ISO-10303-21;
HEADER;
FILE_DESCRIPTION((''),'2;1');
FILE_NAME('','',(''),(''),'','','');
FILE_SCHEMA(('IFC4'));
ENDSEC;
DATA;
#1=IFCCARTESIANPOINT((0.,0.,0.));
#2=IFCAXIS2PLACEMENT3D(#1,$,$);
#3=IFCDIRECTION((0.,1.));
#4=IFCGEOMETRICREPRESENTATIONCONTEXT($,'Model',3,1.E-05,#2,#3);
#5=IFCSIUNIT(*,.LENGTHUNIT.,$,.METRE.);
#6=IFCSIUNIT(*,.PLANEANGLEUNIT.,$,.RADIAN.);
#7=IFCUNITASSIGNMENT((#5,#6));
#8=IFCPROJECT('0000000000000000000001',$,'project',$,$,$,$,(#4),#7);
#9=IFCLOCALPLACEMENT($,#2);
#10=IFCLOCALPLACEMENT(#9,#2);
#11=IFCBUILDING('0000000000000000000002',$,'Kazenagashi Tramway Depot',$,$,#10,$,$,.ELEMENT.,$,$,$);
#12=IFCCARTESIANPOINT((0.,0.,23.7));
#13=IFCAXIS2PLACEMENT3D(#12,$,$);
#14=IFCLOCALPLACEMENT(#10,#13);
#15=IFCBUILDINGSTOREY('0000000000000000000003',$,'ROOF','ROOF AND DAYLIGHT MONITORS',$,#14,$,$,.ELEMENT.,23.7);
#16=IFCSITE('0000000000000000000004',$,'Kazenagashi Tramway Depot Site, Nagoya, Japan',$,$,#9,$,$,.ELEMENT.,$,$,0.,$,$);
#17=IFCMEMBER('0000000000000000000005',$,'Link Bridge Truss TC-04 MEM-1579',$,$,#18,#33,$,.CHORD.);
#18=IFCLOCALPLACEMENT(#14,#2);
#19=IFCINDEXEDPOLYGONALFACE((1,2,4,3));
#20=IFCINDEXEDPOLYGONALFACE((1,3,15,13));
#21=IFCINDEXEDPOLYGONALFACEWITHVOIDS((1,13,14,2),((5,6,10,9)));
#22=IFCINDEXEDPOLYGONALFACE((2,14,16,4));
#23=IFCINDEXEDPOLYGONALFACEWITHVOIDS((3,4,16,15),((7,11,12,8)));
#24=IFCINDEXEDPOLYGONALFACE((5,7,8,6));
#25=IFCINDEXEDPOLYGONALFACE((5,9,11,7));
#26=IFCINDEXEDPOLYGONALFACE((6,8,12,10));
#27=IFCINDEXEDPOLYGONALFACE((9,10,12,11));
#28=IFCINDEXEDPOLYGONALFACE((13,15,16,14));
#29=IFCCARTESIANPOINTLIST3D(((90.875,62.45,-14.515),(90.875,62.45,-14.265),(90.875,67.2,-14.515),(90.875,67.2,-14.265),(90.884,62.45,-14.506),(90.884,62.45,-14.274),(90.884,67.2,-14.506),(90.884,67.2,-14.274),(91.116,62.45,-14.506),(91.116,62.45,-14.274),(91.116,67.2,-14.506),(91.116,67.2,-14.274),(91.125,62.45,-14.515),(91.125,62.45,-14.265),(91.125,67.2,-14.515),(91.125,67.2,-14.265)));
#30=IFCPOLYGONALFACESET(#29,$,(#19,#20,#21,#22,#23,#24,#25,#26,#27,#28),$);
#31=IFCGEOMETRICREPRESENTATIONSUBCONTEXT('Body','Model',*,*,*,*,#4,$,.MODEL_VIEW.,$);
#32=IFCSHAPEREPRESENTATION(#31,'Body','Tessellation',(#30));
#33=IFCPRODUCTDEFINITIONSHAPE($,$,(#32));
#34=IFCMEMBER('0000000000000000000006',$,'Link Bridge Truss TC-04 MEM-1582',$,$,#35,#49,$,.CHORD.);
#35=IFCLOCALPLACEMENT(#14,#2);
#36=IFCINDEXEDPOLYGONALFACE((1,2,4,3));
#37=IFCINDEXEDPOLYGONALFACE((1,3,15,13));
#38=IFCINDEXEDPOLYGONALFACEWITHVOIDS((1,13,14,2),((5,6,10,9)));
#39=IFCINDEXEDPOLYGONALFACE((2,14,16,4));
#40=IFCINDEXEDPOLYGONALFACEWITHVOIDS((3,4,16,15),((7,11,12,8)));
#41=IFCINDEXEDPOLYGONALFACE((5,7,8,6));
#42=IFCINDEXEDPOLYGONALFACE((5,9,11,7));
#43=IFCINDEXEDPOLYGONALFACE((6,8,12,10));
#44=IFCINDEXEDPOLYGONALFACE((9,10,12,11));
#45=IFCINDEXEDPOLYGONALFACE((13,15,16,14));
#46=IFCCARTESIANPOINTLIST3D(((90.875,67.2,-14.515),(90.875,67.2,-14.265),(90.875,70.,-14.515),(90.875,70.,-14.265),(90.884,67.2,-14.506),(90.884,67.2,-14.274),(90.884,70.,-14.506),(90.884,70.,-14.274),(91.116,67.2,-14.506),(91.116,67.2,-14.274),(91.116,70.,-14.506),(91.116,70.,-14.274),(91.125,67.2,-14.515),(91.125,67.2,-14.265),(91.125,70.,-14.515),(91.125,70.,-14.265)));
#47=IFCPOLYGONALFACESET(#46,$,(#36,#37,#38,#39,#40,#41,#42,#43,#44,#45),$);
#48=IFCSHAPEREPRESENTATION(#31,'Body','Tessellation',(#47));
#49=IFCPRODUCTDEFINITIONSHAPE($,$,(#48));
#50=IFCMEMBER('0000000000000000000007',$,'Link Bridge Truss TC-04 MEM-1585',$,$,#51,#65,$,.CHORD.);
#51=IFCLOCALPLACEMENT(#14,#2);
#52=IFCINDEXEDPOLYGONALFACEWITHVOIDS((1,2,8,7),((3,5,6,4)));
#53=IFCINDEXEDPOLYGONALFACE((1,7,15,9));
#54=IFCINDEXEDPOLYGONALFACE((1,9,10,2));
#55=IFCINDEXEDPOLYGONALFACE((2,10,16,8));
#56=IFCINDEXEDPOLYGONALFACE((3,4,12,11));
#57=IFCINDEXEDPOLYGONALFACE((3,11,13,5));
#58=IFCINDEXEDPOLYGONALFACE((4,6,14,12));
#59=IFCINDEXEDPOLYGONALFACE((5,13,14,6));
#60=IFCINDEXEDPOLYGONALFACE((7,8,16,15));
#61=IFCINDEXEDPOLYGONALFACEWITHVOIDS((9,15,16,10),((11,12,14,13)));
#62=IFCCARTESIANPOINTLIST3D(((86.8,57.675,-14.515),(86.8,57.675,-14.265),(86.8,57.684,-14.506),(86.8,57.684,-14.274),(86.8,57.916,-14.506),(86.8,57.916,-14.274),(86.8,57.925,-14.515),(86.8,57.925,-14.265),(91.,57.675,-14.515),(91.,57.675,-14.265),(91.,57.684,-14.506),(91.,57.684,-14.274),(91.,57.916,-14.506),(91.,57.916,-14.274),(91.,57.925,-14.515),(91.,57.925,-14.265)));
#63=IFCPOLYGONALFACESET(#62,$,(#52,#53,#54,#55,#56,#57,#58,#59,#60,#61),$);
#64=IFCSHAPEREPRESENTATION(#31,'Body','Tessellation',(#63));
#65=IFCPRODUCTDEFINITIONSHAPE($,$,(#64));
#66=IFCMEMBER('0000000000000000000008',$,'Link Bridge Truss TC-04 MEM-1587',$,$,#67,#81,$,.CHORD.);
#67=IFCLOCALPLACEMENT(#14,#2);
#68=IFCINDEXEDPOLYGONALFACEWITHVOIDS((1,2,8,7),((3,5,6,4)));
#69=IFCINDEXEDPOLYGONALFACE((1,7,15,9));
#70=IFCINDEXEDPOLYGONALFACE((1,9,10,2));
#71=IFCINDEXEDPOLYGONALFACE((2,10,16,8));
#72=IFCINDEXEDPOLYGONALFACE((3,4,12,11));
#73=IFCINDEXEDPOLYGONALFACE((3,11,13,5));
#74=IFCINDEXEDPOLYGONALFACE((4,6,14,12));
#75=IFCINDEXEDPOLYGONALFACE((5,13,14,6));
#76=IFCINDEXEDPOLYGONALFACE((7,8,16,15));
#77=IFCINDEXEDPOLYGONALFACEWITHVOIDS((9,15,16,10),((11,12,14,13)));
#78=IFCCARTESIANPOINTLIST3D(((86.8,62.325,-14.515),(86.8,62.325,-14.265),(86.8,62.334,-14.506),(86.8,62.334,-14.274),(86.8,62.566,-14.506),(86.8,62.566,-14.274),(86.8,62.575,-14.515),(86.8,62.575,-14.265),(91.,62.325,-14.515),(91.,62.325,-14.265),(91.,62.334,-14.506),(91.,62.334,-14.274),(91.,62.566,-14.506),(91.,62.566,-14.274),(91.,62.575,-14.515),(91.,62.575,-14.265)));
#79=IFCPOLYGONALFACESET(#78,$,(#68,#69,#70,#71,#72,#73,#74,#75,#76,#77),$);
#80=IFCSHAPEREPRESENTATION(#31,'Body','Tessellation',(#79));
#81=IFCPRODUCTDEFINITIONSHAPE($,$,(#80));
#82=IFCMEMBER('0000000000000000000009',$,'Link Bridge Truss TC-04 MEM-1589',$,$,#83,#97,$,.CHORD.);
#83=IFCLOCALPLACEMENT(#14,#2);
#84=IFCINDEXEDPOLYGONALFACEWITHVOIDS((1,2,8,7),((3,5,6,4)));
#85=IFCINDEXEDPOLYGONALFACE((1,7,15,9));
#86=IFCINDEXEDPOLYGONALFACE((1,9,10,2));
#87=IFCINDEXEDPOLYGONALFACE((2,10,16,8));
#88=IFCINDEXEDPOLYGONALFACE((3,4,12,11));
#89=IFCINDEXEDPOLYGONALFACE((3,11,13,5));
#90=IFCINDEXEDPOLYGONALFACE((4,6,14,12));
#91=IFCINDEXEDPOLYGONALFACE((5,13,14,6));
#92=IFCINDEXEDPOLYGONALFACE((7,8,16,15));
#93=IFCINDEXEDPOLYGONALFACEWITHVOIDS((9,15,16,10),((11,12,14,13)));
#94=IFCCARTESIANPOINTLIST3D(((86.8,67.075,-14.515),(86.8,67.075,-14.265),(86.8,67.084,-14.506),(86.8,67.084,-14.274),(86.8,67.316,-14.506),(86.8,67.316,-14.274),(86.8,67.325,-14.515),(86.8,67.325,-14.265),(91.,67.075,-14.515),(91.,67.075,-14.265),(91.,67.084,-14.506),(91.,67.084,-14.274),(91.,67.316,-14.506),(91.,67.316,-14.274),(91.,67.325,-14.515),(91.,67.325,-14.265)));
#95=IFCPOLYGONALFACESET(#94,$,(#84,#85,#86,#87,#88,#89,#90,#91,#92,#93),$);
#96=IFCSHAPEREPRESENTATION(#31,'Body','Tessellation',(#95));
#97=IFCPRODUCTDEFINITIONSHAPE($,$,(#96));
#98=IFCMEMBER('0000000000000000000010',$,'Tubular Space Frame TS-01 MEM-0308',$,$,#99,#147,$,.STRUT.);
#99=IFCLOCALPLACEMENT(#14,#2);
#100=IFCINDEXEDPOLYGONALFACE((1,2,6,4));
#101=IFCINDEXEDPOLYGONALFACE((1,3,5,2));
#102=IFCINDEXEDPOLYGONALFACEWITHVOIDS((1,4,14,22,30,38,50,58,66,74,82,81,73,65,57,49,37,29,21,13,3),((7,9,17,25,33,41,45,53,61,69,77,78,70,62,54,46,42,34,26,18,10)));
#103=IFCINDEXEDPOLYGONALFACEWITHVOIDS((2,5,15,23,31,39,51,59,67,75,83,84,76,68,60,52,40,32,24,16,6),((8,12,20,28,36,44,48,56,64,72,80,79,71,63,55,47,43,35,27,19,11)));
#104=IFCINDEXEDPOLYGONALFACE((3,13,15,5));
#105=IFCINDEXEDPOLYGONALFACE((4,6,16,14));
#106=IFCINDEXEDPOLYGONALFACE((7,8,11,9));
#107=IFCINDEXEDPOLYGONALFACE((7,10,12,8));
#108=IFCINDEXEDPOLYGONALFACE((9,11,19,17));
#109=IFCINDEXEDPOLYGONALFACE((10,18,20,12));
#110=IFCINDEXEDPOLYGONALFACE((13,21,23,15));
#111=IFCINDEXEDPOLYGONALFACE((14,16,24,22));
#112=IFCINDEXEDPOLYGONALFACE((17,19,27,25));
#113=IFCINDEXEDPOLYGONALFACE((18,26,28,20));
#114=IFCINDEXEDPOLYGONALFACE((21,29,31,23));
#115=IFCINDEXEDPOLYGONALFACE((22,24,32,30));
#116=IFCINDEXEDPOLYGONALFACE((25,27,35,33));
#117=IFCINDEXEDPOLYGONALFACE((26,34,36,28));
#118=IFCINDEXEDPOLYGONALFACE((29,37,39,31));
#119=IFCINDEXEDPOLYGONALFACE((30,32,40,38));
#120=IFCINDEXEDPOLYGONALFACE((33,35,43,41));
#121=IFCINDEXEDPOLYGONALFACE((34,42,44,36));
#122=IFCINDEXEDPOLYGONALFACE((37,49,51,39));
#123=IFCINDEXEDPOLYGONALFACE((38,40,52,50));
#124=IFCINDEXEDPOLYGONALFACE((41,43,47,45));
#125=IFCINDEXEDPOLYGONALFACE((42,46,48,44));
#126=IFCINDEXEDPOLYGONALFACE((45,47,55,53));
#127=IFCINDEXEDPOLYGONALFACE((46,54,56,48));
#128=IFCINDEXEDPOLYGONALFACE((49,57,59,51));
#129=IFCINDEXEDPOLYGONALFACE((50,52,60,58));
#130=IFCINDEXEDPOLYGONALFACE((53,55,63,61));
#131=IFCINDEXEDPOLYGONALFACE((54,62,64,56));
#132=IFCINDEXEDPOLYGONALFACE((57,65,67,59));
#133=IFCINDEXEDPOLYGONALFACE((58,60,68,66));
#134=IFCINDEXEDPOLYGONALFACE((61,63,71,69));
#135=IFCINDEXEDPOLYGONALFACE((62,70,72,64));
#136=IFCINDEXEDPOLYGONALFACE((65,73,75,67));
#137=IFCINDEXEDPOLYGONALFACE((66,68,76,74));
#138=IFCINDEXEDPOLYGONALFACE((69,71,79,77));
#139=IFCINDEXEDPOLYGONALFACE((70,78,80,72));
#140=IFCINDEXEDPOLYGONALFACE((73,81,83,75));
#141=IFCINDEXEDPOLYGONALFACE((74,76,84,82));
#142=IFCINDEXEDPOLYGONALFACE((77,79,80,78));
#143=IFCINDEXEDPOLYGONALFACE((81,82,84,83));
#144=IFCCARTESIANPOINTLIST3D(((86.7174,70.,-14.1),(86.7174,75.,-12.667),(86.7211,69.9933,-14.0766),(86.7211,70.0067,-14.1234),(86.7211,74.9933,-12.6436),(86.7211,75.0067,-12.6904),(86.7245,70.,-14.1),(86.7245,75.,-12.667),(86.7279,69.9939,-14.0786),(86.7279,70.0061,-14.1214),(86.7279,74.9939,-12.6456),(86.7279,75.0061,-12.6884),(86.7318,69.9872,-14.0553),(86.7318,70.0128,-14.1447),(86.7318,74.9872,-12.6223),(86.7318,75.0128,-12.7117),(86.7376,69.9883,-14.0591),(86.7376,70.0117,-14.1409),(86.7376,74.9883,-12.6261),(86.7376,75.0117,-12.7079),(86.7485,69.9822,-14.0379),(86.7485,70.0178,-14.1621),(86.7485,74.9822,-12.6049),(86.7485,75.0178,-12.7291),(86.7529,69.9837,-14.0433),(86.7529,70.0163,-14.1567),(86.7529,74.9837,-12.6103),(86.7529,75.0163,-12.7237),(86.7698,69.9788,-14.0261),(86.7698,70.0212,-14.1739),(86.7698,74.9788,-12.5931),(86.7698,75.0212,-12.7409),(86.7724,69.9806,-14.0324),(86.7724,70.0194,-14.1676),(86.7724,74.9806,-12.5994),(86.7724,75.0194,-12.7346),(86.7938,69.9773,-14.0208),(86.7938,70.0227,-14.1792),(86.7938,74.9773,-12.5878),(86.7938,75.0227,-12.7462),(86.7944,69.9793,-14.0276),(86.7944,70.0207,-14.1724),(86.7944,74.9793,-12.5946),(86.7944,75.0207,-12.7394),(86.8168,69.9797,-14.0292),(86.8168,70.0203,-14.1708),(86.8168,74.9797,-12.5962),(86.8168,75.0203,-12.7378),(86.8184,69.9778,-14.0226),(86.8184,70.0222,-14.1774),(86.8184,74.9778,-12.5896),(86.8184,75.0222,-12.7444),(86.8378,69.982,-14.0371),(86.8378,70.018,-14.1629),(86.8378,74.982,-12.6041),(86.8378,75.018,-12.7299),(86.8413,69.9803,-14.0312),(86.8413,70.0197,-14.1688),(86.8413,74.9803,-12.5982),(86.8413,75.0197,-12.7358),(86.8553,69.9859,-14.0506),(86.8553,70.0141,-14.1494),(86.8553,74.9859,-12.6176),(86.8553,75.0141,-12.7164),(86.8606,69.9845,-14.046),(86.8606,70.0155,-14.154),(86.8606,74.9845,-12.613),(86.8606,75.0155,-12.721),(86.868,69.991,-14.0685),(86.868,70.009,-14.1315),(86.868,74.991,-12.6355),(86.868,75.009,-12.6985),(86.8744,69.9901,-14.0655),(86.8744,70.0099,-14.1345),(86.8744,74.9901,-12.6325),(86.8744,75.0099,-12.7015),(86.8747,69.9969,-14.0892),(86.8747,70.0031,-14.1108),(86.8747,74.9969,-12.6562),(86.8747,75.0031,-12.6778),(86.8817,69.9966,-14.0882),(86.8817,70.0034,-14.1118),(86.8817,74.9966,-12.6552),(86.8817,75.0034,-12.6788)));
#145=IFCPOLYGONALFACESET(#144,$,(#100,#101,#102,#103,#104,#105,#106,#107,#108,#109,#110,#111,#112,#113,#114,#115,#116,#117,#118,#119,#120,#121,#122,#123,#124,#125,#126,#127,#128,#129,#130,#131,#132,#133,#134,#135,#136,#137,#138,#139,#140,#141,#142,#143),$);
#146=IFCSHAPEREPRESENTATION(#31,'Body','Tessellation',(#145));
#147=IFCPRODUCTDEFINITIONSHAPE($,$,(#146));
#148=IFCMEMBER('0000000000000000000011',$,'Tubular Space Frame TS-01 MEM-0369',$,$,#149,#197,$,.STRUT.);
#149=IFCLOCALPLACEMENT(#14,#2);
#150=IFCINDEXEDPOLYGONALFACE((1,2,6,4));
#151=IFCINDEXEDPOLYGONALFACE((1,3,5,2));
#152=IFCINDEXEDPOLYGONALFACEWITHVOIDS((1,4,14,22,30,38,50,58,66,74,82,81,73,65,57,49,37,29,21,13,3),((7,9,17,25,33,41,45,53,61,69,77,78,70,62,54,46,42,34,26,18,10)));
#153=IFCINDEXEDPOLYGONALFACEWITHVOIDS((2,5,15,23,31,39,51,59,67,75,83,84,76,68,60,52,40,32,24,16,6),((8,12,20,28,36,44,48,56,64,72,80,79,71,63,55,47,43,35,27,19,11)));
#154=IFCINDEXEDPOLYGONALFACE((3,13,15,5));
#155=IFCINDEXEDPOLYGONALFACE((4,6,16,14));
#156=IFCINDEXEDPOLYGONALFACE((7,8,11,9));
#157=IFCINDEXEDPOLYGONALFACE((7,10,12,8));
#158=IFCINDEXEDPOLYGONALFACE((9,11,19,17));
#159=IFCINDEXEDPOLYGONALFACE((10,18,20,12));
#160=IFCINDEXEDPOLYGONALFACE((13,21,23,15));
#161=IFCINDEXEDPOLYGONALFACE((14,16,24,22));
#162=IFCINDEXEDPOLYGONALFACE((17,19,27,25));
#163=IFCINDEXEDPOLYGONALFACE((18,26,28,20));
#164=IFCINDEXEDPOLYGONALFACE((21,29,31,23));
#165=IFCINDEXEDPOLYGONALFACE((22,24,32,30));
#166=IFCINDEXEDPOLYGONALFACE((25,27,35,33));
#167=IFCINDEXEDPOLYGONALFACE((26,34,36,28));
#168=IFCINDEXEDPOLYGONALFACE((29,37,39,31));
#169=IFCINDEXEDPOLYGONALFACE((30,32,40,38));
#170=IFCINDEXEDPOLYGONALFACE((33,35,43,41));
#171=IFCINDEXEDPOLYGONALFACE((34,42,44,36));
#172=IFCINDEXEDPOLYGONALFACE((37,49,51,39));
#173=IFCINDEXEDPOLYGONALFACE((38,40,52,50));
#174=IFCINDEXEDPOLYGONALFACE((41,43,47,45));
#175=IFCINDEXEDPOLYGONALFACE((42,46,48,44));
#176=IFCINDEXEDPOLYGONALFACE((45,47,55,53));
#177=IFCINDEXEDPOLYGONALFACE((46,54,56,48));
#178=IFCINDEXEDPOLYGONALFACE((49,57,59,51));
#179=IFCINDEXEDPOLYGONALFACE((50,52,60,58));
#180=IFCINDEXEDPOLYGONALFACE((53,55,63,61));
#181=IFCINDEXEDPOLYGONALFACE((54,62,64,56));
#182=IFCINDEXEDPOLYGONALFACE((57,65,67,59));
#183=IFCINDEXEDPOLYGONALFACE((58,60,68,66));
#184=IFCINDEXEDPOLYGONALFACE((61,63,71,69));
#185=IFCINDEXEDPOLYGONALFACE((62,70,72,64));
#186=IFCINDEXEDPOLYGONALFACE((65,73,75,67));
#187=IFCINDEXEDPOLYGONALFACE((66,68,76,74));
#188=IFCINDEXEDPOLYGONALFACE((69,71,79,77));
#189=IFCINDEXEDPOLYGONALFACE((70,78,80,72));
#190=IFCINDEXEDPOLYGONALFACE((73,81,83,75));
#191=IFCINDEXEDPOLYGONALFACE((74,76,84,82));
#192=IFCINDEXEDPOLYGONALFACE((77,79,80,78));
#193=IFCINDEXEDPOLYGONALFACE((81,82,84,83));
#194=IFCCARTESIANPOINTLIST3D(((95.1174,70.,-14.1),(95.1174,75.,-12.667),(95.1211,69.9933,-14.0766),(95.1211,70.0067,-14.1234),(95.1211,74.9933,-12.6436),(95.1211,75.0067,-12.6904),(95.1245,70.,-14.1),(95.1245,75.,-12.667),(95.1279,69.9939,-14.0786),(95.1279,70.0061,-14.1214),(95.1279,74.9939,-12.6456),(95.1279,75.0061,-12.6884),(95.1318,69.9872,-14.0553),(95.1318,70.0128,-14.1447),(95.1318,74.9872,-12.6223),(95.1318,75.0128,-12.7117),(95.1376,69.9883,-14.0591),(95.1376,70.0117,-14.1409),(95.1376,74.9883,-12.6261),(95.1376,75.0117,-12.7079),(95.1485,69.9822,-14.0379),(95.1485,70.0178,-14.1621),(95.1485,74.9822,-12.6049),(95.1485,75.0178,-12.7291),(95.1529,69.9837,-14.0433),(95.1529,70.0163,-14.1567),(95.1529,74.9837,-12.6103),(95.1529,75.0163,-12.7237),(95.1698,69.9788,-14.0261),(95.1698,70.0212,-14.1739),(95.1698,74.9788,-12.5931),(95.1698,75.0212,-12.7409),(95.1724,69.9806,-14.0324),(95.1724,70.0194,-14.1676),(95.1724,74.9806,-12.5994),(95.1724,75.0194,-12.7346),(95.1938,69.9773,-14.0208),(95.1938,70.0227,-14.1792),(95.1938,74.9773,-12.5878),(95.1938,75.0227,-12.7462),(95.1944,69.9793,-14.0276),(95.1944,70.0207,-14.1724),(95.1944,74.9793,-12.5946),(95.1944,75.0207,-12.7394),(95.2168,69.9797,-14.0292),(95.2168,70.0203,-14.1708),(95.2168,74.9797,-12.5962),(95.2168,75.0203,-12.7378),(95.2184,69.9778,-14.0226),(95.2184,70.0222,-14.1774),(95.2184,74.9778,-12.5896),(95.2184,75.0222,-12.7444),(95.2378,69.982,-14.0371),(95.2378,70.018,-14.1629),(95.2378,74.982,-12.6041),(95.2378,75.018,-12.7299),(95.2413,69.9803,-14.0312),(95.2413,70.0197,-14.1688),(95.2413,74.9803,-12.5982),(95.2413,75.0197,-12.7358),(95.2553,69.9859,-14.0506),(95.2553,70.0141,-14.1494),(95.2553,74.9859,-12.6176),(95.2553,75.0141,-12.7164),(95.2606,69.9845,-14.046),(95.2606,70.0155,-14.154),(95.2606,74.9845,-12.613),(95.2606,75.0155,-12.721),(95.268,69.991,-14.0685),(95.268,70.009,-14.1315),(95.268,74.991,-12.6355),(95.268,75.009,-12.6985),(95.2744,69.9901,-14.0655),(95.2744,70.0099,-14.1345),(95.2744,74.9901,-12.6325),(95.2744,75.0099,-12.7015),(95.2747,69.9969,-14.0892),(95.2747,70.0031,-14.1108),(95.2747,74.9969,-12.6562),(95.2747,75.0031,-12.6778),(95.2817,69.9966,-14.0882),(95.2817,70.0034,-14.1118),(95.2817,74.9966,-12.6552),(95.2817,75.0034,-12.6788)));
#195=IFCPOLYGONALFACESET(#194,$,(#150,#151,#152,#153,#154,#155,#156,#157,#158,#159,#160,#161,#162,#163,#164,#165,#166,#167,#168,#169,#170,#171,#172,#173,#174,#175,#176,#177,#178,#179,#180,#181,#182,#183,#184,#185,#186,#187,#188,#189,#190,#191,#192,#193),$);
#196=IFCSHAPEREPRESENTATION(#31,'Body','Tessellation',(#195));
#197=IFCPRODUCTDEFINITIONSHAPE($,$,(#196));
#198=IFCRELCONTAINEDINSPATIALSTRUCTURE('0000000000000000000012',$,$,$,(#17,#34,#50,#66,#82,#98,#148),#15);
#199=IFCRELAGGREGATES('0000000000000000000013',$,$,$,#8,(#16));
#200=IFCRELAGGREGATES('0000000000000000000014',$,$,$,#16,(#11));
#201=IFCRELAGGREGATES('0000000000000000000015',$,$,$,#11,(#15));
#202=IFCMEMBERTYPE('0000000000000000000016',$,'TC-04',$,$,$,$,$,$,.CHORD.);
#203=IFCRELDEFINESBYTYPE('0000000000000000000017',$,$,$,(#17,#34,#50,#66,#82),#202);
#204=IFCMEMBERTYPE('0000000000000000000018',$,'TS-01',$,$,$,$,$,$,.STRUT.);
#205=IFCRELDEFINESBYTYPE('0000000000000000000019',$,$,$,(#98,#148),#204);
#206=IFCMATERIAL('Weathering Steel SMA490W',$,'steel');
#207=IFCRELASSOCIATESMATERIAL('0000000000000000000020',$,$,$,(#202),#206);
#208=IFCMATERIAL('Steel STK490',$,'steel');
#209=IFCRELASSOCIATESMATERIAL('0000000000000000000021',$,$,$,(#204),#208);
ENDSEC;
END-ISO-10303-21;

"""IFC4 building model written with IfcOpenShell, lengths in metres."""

from ifc_helpers import new_model, si_unit, direction, frame, origin, origin_2d, place, context, subcontext, project, spatial, hollow_rectangle, hollow_circle, extrude, material, material_profile, profile_set, type_object, element, save


model = new_model("IFC4")

# Units and contexts
model_context = context("Model", 3, precision=1e-05, world=origin(), true_north=direction((0.0, 1.0)))
body_context = subcontext(model_context, "Body", "Model", "MODEL_VIEW")
ifc_project = project(units=[si_unit("LENGTHUNIT", "METRE"), si_unit("PLANEANGLEUNIT", "RADIAN")], contexts=[model_context])

# Site, building, storey
site_placement = place(None, origin())
site = spatial("IfcSite", under=ifc_project, at=site_placement, Name="Kazenagashi Tramway Depot Site, Nagoya, Japan", CompositionType="ELEMENT", RefElevation=0.0)
building_placement = place(site_placement, origin())
building = spatial("IfcBuilding", under=site, at=building_placement, Name="Kazenagashi Tramway Depot", CompositionType="ELEMENT")
storey_placement = place(building_placement, frame((0.0, 0.0, 23.7)))
storey = spatial("IfcBuildingStorey", under=building, at=storey_placement, Name="ROOF", Description="ROOF AND DAYLIGHT MONITORS", CompositionType="ELEMENT", Elevation=23.7)

# Members
ifc_material_1 = material(Name="Steel STK490", Category="steel")
ifc_material_2 = material(Name="Weathering Steel SMA490W", Category="steel")
ifc_material_profile_1 = material_profile(ifc_material_2, hollow_rectangle(XDim=0.25, YDim=0.25, WallThickness=0.009, at=origin_2d()), Name="SHS-250x250x9")
ifc_profile_set_1 = profile_set([ifc_material_profile_1], Name="Weathering Steel SMA490W")
member_type_1 = type_object("IfcMemberType", Name="TC-04", PredefinedType="CHORD", material=ifc_profile_set_1)
member_1_placement = place(storey_placement, frame((91.0, 62.45, -14.39), z_axis=(0.0, 1.0, 0.0), x_axis=(-1.0, 0.0, 0.0)))
element("IfcMember", 1, at=member_1_placement, inside=storey, type_object=member_type_1, Name="Link Bridge Truss TC-04 MEM-1579", PredefinedType="CHORD", context=body_context, shape_type="SweptSolid", body=[
    extrude(hollow_rectangle(XDim=0.25, YDim=0.25, WallThickness=0.009, at=origin_2d()), origin(), (0.0, 0.0, 1.0), 4.75),
])
member_2_placement = place(storey_placement, frame((91.0, 67.2, -14.39), z_axis=(0.0, 1.0, 0.0), x_axis=(-1.0, 0.0, 0.0)))
element("IfcMember", 2, at=member_2_placement, inside=storey, type_object=member_type_1, Name="Link Bridge Truss TC-04 MEM-1582", PredefinedType="CHORD", context=body_context, shape_type="SweptSolid", body=[
    extrude(hollow_rectangle(XDim=0.25, YDim=0.25, WallThickness=0.009, at=origin_2d()), origin(), (0.0, 0.0, 1.0), 2.8),
])
for number, where, z_axis, x_axis, name in (
    (3, (86.8, 57.8, -14.39), (1.0, 0.0, 0.0), (0.0, 1.0, 0.0), "Link Bridge Truss TC-04 MEM-1585"),
    (4, (86.8, 62.45, -14.39), (1.0, 0.0, 0.0), (0.0, 1.0, 0.0), "Link Bridge Truss TC-04 MEM-1587"),
    (5, (86.8, 67.2, -14.39), (1.0, 0.0, 0.0), (0.0, 1.0, 0.0), "Link Bridge Truss TC-04 MEM-1589"),
):
    element("IfcMember", number, at=place(storey_placement, frame(where, z_axis=z_axis, x_axis=x_axis)), inside=storey, type_object=member_type_1, Name=name, PredefinedType="CHORD", context=body_context, shape_type="SweptSolid", body=[
        extrude(hollow_rectangle(XDim=0.25, YDim=0.25, WallThickness=0.009, at=origin_2d()), origin(), (0.0, 0.0, 1.0), 4.2),
    ])
ifc_material_profile_2 = material_profile(ifc_material_1, hollow_circle(Radius=0.0826, WallThickness=0.0071, at=origin_2d()), Name="CHS-165.2x7.1")
ifc_profile_set_2 = profile_set([ifc_material_profile_2], Name="Steel STK490")
member_type_2 = type_object("IfcMemberType", Name="TS-01", PredefinedType="STRUT", material=ifc_profile_set_2)
for number, where, z_axis, x_axis, name in (
    (6, (86.8, 70.0, -14.1), (0.0, 0.961299, 0.275508), (-1.0, 0.0, 0.0), "Tubular Space Frame TS-01 MEM-0308"),
    (7, (95.2, 70.0, -14.1), (0.0, 0.961299, 0.275508), (-1.0, 0.0, 0.0), "Tubular Space Frame TS-01 MEM-0369"),
):
    element("IfcMember", number, at=place(storey_placement, frame(where, z_axis=z_axis, x_axis=x_axis)), inside=storey, type_object=member_type_2, Name=name, PredefinedType="STRUT", context=body_context, shape_type="SweptSolid", body=[
        extrude(hollow_circle(Radius=0.0826, WallThickness=0.0071, at=origin_2d()), origin(), (0.0, 0.0, 1.0), 5.2013),
    ])

save(model, "model.ifc")
